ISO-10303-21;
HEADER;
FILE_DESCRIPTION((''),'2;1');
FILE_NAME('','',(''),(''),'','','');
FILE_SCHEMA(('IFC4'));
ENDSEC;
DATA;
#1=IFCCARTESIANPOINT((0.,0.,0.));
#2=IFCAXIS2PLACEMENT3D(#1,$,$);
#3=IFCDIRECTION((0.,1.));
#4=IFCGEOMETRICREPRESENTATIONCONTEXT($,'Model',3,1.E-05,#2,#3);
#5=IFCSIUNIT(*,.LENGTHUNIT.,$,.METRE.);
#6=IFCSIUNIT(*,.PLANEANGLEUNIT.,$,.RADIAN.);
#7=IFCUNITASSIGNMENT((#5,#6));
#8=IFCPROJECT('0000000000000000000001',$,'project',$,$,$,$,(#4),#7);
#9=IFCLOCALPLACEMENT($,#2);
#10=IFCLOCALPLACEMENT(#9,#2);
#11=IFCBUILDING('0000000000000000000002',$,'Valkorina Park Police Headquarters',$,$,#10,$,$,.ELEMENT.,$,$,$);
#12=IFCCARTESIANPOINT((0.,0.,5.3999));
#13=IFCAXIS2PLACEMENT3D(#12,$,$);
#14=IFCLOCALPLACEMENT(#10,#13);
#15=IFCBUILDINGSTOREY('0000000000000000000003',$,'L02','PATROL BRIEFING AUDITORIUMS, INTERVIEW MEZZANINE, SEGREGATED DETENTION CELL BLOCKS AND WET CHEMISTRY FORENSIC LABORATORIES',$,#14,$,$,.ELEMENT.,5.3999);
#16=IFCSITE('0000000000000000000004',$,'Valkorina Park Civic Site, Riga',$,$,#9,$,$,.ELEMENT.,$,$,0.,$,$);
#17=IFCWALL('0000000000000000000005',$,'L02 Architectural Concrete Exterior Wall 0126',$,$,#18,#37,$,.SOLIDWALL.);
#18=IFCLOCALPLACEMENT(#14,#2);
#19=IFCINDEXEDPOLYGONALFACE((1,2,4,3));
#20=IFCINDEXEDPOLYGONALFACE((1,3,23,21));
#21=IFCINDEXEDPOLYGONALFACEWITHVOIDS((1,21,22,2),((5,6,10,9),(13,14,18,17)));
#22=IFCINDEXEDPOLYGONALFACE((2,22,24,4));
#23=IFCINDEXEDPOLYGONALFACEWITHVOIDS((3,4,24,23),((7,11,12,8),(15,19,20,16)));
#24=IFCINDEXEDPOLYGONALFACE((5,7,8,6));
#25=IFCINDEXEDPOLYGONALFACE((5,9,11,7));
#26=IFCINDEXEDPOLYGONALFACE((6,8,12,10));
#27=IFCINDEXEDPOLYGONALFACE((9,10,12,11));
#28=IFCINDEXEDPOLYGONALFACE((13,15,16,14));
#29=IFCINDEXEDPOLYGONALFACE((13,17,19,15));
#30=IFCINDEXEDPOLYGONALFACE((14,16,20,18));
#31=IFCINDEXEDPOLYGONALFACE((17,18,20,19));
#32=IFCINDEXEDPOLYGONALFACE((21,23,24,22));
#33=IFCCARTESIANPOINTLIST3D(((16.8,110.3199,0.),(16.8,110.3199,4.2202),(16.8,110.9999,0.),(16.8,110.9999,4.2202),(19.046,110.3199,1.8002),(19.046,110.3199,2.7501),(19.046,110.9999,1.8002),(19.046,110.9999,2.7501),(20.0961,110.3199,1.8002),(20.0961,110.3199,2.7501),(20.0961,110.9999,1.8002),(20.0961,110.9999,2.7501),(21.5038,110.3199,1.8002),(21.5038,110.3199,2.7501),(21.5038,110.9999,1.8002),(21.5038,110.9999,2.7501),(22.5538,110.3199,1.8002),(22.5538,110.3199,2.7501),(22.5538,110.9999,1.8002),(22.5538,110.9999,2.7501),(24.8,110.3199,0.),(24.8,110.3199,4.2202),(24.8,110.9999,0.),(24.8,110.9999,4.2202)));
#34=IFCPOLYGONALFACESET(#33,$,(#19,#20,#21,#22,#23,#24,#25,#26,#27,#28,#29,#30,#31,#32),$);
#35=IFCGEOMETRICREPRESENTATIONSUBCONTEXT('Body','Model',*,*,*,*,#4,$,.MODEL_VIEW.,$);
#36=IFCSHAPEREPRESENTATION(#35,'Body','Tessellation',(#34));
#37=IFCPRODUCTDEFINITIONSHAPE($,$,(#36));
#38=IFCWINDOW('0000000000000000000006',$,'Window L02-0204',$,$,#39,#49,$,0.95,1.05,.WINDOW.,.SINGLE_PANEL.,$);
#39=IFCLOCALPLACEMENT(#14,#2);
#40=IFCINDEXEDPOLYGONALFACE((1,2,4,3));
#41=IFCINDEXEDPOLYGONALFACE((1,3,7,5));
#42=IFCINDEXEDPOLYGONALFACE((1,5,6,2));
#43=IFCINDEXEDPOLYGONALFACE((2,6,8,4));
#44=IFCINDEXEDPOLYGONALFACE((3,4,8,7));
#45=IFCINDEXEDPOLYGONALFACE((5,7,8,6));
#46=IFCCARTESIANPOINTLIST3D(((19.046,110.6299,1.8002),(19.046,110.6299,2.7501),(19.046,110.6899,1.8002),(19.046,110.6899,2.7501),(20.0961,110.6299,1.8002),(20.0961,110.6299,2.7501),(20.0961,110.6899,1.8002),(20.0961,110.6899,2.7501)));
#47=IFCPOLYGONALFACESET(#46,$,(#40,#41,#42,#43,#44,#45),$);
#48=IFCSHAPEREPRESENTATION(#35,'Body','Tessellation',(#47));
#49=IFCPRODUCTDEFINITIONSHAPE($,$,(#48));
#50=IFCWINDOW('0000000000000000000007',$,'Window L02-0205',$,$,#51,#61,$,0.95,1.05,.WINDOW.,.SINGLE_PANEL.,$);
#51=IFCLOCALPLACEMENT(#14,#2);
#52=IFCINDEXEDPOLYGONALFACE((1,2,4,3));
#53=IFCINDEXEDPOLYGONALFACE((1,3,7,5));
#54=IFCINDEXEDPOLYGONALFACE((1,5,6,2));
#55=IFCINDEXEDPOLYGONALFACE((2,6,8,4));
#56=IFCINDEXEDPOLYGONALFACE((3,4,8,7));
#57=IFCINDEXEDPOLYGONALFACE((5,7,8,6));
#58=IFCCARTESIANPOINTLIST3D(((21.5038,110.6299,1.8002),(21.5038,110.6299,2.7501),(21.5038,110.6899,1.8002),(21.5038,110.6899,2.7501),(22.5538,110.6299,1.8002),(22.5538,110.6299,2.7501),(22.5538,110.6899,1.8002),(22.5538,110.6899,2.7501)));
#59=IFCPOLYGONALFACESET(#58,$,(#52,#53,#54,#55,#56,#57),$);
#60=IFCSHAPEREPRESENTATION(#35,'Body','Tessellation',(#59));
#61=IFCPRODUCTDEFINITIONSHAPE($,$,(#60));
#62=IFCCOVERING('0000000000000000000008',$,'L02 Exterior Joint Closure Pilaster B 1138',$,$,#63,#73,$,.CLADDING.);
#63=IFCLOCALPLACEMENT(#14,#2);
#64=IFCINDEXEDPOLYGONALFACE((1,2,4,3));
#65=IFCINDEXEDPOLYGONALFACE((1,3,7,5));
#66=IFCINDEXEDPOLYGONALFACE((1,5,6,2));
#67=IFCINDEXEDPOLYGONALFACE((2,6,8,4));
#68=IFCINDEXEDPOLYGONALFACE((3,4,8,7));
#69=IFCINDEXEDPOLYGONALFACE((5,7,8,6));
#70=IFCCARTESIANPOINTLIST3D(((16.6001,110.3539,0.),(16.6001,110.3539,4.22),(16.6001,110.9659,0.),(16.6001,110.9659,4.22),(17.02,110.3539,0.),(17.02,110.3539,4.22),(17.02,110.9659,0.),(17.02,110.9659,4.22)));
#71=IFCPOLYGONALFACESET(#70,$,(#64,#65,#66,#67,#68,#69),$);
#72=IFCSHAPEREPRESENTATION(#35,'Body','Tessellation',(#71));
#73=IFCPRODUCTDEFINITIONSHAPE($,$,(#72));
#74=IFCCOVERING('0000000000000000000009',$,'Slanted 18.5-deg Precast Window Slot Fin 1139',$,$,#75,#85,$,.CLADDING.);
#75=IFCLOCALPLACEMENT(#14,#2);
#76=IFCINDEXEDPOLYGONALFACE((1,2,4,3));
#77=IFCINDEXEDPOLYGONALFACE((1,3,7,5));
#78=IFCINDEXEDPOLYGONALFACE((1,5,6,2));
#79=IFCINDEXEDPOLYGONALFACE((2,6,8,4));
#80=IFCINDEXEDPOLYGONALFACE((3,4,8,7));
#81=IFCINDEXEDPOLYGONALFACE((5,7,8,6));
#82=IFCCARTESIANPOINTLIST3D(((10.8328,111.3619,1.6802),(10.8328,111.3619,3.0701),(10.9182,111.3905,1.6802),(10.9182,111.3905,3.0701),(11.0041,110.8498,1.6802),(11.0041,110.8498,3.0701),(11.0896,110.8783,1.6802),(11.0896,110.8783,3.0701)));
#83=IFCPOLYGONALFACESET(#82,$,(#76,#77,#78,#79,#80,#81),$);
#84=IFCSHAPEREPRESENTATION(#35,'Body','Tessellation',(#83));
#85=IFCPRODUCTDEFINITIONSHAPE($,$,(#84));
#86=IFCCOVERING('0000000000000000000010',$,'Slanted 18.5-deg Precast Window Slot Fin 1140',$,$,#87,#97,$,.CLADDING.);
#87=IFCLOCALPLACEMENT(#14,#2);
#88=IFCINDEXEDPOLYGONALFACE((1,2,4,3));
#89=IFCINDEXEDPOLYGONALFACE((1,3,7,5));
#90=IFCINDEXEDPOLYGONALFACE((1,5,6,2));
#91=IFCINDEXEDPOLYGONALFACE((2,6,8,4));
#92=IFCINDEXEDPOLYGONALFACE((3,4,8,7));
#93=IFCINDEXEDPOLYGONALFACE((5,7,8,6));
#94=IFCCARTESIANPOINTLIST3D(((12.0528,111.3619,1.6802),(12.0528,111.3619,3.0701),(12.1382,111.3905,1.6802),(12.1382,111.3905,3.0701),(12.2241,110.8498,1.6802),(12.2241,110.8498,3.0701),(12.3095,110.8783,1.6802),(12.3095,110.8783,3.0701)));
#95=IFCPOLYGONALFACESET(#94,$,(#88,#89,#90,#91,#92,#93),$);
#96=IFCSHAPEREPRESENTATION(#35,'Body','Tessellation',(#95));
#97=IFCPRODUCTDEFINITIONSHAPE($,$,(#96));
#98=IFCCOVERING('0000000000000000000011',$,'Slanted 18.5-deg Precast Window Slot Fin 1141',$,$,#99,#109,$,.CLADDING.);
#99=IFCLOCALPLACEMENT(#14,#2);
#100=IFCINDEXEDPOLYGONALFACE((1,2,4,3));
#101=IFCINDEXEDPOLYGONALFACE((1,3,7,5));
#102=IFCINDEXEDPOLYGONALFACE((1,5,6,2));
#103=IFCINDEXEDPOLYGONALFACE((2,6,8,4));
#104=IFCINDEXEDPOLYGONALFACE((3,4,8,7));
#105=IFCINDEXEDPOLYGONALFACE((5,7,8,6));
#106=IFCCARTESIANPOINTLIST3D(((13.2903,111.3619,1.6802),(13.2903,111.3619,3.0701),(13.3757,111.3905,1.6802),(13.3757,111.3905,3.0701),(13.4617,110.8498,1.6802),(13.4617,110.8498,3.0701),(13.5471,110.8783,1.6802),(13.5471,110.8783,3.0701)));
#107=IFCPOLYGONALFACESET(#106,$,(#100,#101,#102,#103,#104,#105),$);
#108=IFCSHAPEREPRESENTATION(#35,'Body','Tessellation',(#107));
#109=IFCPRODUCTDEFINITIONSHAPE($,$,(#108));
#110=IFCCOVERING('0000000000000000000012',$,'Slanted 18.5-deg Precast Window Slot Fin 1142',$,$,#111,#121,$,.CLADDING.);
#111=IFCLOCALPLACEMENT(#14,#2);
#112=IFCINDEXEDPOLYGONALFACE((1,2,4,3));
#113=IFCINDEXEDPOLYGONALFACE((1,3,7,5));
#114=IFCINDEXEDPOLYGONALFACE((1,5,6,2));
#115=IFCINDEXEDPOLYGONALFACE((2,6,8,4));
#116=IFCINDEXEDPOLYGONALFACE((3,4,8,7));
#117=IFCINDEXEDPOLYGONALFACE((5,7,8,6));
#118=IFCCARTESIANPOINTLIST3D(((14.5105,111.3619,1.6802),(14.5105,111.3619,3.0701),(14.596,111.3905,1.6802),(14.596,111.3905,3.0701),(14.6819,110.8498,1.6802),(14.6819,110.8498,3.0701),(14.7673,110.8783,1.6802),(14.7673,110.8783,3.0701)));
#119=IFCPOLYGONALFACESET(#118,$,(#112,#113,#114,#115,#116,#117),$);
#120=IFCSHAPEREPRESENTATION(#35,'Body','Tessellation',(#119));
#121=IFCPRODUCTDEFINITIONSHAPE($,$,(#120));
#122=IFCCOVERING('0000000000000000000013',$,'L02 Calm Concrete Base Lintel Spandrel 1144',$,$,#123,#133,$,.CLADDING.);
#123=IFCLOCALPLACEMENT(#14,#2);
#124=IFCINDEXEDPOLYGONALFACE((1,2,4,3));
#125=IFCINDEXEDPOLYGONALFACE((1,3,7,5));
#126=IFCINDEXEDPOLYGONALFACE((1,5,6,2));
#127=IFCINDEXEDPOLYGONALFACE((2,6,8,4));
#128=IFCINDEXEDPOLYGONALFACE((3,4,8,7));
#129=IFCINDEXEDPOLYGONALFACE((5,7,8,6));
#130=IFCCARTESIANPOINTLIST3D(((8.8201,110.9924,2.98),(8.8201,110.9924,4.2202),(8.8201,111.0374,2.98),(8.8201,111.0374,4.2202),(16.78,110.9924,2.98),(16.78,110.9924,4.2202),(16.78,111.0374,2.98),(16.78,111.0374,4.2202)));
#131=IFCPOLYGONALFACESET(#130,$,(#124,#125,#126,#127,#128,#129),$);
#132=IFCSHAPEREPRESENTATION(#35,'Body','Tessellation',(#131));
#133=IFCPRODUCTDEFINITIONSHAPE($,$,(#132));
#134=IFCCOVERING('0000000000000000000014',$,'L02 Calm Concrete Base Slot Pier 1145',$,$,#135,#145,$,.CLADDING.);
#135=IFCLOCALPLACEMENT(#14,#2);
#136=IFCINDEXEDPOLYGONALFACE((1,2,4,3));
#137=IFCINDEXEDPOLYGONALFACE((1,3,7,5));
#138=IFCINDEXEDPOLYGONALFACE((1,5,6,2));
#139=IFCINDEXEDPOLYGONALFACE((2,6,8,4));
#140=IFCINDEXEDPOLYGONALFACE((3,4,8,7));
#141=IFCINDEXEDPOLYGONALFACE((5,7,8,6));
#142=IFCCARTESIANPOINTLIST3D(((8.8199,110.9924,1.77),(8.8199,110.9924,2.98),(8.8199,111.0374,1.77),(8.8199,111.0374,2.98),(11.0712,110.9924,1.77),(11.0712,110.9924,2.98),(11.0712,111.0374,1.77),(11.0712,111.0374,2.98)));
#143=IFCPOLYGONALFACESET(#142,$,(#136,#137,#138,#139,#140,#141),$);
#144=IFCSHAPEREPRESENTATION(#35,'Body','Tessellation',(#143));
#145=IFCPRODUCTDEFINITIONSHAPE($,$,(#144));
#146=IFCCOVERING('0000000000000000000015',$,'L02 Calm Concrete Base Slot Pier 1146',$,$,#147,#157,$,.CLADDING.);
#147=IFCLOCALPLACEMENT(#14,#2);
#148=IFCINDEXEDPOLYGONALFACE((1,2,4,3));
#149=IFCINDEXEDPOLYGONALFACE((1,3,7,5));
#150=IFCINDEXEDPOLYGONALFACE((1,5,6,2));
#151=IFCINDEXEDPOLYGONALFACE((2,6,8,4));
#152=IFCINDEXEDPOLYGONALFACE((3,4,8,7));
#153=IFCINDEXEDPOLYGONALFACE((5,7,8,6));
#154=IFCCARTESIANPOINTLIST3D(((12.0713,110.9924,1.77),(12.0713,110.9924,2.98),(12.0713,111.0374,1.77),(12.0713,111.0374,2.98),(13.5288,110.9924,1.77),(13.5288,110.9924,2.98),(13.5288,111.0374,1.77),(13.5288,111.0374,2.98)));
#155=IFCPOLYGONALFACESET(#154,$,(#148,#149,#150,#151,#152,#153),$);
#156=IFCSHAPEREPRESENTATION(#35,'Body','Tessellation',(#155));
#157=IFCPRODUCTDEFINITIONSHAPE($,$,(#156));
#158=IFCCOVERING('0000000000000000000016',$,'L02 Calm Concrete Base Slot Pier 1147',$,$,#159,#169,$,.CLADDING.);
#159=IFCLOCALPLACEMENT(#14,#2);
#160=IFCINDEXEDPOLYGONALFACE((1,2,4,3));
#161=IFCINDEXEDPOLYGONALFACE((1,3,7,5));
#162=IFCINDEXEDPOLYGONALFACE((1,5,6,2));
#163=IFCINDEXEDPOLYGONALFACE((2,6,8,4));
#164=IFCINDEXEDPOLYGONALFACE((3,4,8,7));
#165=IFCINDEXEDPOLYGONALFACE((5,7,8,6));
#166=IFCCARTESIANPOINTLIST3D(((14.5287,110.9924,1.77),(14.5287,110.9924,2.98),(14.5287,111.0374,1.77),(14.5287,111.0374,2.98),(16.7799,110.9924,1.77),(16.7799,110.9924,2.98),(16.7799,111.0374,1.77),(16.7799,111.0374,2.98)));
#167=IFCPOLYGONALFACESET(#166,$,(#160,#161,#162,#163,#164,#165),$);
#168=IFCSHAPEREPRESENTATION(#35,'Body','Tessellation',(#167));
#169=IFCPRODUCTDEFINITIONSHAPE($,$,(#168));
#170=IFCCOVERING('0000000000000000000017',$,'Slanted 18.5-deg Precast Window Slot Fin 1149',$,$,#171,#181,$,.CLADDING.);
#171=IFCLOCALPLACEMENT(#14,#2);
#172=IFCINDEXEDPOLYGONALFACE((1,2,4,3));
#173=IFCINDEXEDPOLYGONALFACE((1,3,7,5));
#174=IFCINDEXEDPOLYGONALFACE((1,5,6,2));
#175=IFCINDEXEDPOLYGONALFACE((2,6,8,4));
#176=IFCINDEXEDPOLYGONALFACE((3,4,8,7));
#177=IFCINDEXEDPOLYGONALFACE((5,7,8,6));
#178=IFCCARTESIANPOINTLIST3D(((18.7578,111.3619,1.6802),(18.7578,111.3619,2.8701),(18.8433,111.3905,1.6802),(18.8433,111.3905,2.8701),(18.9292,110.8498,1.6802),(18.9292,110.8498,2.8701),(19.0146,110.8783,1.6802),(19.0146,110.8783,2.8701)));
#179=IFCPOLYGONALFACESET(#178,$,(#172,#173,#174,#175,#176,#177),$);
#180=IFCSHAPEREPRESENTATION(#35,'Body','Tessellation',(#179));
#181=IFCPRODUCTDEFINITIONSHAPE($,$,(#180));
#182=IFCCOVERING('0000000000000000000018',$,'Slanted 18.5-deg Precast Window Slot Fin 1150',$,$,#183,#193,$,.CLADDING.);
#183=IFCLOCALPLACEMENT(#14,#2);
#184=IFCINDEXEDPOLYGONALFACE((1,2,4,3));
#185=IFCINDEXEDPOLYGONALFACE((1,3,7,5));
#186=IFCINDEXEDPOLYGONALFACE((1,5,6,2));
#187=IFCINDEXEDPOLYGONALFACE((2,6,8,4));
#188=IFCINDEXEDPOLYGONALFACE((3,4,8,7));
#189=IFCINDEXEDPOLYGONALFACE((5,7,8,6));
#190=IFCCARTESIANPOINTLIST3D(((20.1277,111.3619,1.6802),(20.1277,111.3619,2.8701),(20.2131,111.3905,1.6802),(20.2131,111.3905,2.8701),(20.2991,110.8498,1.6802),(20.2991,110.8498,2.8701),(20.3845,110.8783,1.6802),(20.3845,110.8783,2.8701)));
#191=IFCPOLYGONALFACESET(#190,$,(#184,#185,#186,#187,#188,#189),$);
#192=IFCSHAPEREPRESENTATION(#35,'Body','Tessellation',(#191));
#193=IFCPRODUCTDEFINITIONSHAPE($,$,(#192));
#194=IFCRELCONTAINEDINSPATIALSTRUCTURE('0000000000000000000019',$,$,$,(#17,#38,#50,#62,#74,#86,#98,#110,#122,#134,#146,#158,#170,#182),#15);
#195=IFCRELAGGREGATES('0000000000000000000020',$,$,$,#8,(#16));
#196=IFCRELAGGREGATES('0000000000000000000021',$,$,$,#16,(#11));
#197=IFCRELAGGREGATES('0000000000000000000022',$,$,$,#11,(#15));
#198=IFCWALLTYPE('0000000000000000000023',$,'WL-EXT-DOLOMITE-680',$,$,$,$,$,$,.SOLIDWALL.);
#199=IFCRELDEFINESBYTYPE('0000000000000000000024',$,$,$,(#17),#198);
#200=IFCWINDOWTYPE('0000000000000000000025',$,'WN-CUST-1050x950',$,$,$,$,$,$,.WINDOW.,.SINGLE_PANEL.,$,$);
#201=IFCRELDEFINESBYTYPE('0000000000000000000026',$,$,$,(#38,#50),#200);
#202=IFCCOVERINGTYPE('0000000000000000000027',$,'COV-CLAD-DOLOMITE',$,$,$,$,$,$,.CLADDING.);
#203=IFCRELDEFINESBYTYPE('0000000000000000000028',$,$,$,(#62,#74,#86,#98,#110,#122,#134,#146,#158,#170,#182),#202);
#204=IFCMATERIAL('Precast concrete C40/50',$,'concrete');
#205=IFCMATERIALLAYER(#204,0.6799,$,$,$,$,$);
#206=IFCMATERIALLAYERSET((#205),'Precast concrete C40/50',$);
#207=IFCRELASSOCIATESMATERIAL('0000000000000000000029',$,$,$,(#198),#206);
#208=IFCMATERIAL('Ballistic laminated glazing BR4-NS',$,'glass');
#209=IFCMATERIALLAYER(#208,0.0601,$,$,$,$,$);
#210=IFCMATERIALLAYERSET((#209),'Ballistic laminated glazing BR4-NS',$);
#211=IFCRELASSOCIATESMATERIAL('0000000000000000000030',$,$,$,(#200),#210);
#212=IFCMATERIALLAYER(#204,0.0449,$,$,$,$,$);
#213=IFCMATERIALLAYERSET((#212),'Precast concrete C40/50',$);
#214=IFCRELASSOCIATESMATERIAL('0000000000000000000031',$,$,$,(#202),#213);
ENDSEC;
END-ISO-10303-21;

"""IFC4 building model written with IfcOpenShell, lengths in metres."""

from ifc_helpers import new_model, si_unit, direction, frame, frame_2d, origin, origin_2d, place, context, subcontext, project, spatial, rectangle, extrude, material, layer, layer_set, type_object, element, fill, save


model = new_model("IFC4")

# Units and contexts
model_context = context("Model", 3, precision=1e-05, world=origin(), true_north=direction((0.0, 1.0)))
body_context = subcontext(model_context, "Body", "Model", "MODEL_VIEW")
ifc_project = project(units=[si_unit("LENGTHUNIT", "METRE"), si_unit("PLANEANGLEUNIT", "RADIAN")], contexts=[model_context])

# Site, building, storey
site_placement = place(None, origin())
site = spatial("IfcSite", under=ifc_project, at=site_placement, Name="Valkorina Park Civic Site, Riga", CompositionType="ELEMENT", RefElevation=0.0)
building_placement = place(site_placement, origin())
building = spatial("IfcBuilding", under=site, at=building_placement, Name="Valkorina Park Police Headquarters", CompositionType="ELEMENT")
storey_placement = place(building_placement, frame((0.0, 0.0, 5.3999)))
storey = spatial("IfcBuildingStorey", under=building, at=storey_placement, Name="L02", Description="PATROL BRIEFING AUDITORIUMS, INTERVIEW MEZZANINE, SEGREGATED DETENTION CELL BLOCKS AND WET CHEMISTRY FORENSIC LABORATORIES", CompositionType="ELEMENT", Elevation=5.3999)

# Wall, openings, windows
ifc_material_1 = material(Name="Precast concrete C40/50", Category="concrete")
ifc_layer_1 = layer(ifc_material_1, 0.6799)
ifc_layer_set_1 = layer_set([ifc_layer_1], Name="Precast concrete C40/50")
wall_type = type_object("IfcWallType", Name="WL-EXT-DOLOMITE-680", PredefinedType="SOLIDWALL", material=ifc_layer_set_1)
wall_placement = place(storey_placement, frame((16.8, 110.6599, 0.0), z_axis=(0.0, 0.0, 1.0), x_axis=(1.0, 0.0, 0.0)))
wall = element("IfcWall", 1, at=wall_placement, inside=storey, type_object=wall_type, Name="L02 Architectural Concrete Exterior Wall 0126", PredefinedType="SOLIDWALL", context=body_context, shape_type="SweptSolid", body=[
    extrude(rectangle(XDim=8.0, YDim=0.6799, at=frame_2d((4.0, 0.0))), origin(), (0.0, 0.0, 1.0), 4.2202),
])
opening_1_placement = place(wall_placement, frame((2.2461, 0.0, 1.8)))
opening_1 = element("IfcOpeningElement", 2, at=opening_1_placement, cuts=wall, PredefinedType="OPENING", context=body_context, shape_type="SweptSolid", body=[
    extrude(rectangle(XDim=1.05, YDim=0.95, at=frame_2d((0.5249, 0.4751))), frame((0.0, 0.3501, 0.0), z_axis=(0.0, -1.0, 0.0), x_axis=(1.0, 0.0, 0.0)), (0.0, 0.0, 1.0), 0.7),
])
opening_2_placement = place(wall_placement, frame((4.7039, 0.0, 1.8)))
opening_2 = element("IfcOpeningElement", 3, at=opening_2_placement, cuts=wall, PredefinedType="OPENING", context=body_context, shape_type="SweptSolid", body=[
    extrude(rectangle(XDim=1.05, YDim=0.95, at=frame_2d((0.5249, 0.4751))), frame((0.0, 0.3501, 0.0), z_axis=(0.0, -1.0, 0.0), x_axis=(1.0, 0.0, 0.0)), (0.0, 0.0, 1.0), 0.7),
])
ifc_material_2 = material(Name="Ballistic laminated glazing BR4-NS", Category="glass")
ifc_layer_2 = layer(ifc_material_2, 0.0601)
ifc_layer_set_2 = layer_set([ifc_layer_2], Name="Ballistic laminated glazing BR4-NS")
window_type = type_object("IfcWindowType", Name="WN-CUST-1050x950", PartitioningType="SINGLE_PANEL", PredefinedType="WINDOW", material=ifc_layer_set_2)
window_1_placement = place(opening_1_placement, origin())
window_1 = element("IfcWindow", 4, at=window_1_placement, inside=storey, type_object=window_type, Name="Window L02-0204", OverallHeight=0.95, OverallWidth=1.05, PartitioningType="SINGLE_PANEL", PredefinedType="WINDOW", context=body_context, shape_type="SweptSolid", body=[
    extrude(rectangle(XDim=1.05, YDim=0.95, at=frame_2d((0.5249, 0.4751))), frame((0.0, 0.03, 0.0), z_axis=(0.0, -1.0, 0.0), x_axis=(1.0, 0.0, 0.0)), (0.0, 0.0, 1.0), 0.0601),
])
fill(opening_1, window_1)
window_2_placement = place(opening_2_placement, origin())
window_2 = element("IfcWindow", 5, at=window_2_placement, inside=storey, type_object=window_type, Name="Window L02-0205", OverallHeight=0.95, OverallWidth=1.05, PartitioningType="SINGLE_PANEL", PredefinedType="WINDOW", context=body_context, shape_type="SweptSolid", body=[
    extrude(rectangle(XDim=1.05, YDim=0.95, at=frame_2d((0.5249, 0.4751))), frame((0.0, 0.03, 0.0), z_axis=(0.0, -1.0, 0.0), x_axis=(1.0, 0.0, 0.0)), (0.0, 0.0, 1.0), 0.0601),
])
fill(opening_2, window_2)

# Coverings
ifc_layer_3 = layer(ifc_material_1, 0.0449)
ifc_layer_set_3 = layer_set([ifc_layer_3], Name="Precast concrete C40/50")
covering_type = type_object("IfcCoveringType", Name="COV-CLAD-DOLOMITE", PredefinedType="CLADDING", material=ifc_layer_set_3)
covering_1_placement = place(storey_placement, frame((16.8101, 110.6599, 0.0), z_axis=(0.0, 0.0, 1.0), x_axis=(1.0, 0.0, 0.0)))
element("IfcCovering", 6, at=covering_1_placement, inside=storey, type_object=covering_type, Name="L02 Exterior Joint Closure Pilaster B 1138", PredefinedType="CLADDING", context=body_context, shape_type="SweptSolid", body=[
    extrude(rectangle(XDim=0.4199, YDim=0.6121, at=origin_2d()), origin(), (0.0, 0.0, 1.0), 4.22),
])
for number, where, z_axis, x_axis, name in (
    (7, (10.9612, 111.1201, 1.6802), (0.0, 0.0, 1.0), (-0.317305, 0.948324, 0.0), "Slanted 18.5-deg Precast Window Slot Fin 1139"),
    (8, (12.1812, 111.1201, 1.6802), (0.0, 0.0, 1.0), (-0.317305, 0.948324, 0.0), "Slanted 18.5-deg Precast Window Slot Fin 1140"),
    (9, (13.4187, 111.1201, 1.6802), (0.0, 0.0, 1.0), (-0.317305, 0.948324, 0.0), "Slanted 18.5-deg Precast Window Slot Fin 1141"),
    (10, (14.6389, 111.1201, 1.6802), (0.0, 0.0, 1.0), (-0.317305, 0.948324, 0.0), "Slanted 18.5-deg Precast Window Slot Fin 1142"),
):
    element("IfcCovering", number, at=place(storey_placement, frame(where, z_axis=z_axis, x_axis=x_axis)), inside=storey, type_object=covering_type, Name=name, PredefinedType="CLADDING", context=body_context, shape_type="SweptSolid", body=[
        extrude(rectangle(XDim=0.54, YDim=0.0901, at=origin_2d()), origin(), (0.0, 0.0, 1.0), 1.3899),
    ])
covering_2_placement = place(storey_placement, frame((8.8201, 111.0149, 2.98), z_axis=(0.0, 0.0, 1.0), x_axis=(1.0, 0.0, 0.0)))
element("IfcCovering", 11, at=covering_2_placement, inside=storey, type_object=covering_type, Name="L02 Calm Concrete Base Lintel Spandrel 1144", PredefinedType="CLADDING", context=body_context, shape_type="SweptSolid", body=[
    extrude(rectangle(XDim=7.96, YDim=0.0449, at=frame_2d((3.98, 0.0))), origin(), (0.0, 0.0, 1.0), 1.2402),
])
covering_3_placement = place(storey_placement, frame((8.8201, 111.0149, 1.77), z_axis=(0.0, 0.0, 1.0), x_axis=(1.0, 0.0, 0.0)))
element("IfcCovering", 12, at=covering_3_placement, inside=storey, type_object=covering_type, Name="L02 Calm Concrete Base Slot Pier 1145", PredefinedType="CLADDING", context=body_context, shape_type="SweptSolid", body=[
    extrude(rectangle(XDim=2.2512, YDim=0.0449, at=frame_2d((1.1255, 0.0))), origin(), (0.0, 0.0, 1.0), 1.21),
])
covering_4_placement = place(storey_placement, frame((12.0713, 111.0149, 1.77), z_axis=(0.0, 0.0, 1.0), x_axis=(1.0, 0.0, 0.0)))
element("IfcCovering", 13, at=covering_4_placement, inside=storey, type_object=covering_type, Name="L02 Calm Concrete Base Slot Pier 1146", PredefinedType="CLADDING", context=body_context, shape_type="SweptSolid", body=[
    extrude(rectangle(XDim=1.4575, YDim=0.0449, at=frame_2d((0.7288, 0.0))), origin(), (0.0, 0.0, 1.0), 1.21),
])
covering_5_placement = place(storey_placement, frame((14.5288, 111.0149, 1.77), z_axis=(0.0, 0.0, 1.0), x_axis=(1.0, 0.0, 0.0)))
element("IfcCovering", 14, at=covering_5_placement, inside=storey, type_object=covering_type, Name="L02 Calm Concrete Base Slot Pier 1147", PredefinedType="CLADDING", context=body_context, shape_type="SweptSolid", body=[
    extrude(rectangle(XDim=2.2512, YDim=0.0449, at=frame_2d((1.1255, 0.0))), origin(), (0.0, 0.0, 1.0), 1.21),
])
for number, where, z_axis, x_axis, name in (
    (15, (18.8862, 111.1201, 1.6802), (0.0, 0.0, 1.0), (-0.317305, 0.948324, 0.0), "Slanted 18.5-deg Precast Window Slot Fin 1149"),
    (16, (20.2561, 111.1201, 1.6802), (0.0, 0.0, 1.0), (-0.317305, 0.948324, 0.0), "Slanted 18.5-deg Precast Window Slot Fin 1150"),
):
    element("IfcCovering", number, at=place(storey_placement, frame(where, z_axis=z_axis, x_axis=x_axis)), inside=storey, type_object=covering_type, Name=name, PredefinedType="CLADDING", context=body_context, shape_type="SweptSolid", body=[
        extrude(rectangle(XDim=0.54, YDim=0.0901, at=origin_2d()), origin(), (0.0, 0.0, 1.0), 1.1899),
    ])

save(model, "model.ifc")
